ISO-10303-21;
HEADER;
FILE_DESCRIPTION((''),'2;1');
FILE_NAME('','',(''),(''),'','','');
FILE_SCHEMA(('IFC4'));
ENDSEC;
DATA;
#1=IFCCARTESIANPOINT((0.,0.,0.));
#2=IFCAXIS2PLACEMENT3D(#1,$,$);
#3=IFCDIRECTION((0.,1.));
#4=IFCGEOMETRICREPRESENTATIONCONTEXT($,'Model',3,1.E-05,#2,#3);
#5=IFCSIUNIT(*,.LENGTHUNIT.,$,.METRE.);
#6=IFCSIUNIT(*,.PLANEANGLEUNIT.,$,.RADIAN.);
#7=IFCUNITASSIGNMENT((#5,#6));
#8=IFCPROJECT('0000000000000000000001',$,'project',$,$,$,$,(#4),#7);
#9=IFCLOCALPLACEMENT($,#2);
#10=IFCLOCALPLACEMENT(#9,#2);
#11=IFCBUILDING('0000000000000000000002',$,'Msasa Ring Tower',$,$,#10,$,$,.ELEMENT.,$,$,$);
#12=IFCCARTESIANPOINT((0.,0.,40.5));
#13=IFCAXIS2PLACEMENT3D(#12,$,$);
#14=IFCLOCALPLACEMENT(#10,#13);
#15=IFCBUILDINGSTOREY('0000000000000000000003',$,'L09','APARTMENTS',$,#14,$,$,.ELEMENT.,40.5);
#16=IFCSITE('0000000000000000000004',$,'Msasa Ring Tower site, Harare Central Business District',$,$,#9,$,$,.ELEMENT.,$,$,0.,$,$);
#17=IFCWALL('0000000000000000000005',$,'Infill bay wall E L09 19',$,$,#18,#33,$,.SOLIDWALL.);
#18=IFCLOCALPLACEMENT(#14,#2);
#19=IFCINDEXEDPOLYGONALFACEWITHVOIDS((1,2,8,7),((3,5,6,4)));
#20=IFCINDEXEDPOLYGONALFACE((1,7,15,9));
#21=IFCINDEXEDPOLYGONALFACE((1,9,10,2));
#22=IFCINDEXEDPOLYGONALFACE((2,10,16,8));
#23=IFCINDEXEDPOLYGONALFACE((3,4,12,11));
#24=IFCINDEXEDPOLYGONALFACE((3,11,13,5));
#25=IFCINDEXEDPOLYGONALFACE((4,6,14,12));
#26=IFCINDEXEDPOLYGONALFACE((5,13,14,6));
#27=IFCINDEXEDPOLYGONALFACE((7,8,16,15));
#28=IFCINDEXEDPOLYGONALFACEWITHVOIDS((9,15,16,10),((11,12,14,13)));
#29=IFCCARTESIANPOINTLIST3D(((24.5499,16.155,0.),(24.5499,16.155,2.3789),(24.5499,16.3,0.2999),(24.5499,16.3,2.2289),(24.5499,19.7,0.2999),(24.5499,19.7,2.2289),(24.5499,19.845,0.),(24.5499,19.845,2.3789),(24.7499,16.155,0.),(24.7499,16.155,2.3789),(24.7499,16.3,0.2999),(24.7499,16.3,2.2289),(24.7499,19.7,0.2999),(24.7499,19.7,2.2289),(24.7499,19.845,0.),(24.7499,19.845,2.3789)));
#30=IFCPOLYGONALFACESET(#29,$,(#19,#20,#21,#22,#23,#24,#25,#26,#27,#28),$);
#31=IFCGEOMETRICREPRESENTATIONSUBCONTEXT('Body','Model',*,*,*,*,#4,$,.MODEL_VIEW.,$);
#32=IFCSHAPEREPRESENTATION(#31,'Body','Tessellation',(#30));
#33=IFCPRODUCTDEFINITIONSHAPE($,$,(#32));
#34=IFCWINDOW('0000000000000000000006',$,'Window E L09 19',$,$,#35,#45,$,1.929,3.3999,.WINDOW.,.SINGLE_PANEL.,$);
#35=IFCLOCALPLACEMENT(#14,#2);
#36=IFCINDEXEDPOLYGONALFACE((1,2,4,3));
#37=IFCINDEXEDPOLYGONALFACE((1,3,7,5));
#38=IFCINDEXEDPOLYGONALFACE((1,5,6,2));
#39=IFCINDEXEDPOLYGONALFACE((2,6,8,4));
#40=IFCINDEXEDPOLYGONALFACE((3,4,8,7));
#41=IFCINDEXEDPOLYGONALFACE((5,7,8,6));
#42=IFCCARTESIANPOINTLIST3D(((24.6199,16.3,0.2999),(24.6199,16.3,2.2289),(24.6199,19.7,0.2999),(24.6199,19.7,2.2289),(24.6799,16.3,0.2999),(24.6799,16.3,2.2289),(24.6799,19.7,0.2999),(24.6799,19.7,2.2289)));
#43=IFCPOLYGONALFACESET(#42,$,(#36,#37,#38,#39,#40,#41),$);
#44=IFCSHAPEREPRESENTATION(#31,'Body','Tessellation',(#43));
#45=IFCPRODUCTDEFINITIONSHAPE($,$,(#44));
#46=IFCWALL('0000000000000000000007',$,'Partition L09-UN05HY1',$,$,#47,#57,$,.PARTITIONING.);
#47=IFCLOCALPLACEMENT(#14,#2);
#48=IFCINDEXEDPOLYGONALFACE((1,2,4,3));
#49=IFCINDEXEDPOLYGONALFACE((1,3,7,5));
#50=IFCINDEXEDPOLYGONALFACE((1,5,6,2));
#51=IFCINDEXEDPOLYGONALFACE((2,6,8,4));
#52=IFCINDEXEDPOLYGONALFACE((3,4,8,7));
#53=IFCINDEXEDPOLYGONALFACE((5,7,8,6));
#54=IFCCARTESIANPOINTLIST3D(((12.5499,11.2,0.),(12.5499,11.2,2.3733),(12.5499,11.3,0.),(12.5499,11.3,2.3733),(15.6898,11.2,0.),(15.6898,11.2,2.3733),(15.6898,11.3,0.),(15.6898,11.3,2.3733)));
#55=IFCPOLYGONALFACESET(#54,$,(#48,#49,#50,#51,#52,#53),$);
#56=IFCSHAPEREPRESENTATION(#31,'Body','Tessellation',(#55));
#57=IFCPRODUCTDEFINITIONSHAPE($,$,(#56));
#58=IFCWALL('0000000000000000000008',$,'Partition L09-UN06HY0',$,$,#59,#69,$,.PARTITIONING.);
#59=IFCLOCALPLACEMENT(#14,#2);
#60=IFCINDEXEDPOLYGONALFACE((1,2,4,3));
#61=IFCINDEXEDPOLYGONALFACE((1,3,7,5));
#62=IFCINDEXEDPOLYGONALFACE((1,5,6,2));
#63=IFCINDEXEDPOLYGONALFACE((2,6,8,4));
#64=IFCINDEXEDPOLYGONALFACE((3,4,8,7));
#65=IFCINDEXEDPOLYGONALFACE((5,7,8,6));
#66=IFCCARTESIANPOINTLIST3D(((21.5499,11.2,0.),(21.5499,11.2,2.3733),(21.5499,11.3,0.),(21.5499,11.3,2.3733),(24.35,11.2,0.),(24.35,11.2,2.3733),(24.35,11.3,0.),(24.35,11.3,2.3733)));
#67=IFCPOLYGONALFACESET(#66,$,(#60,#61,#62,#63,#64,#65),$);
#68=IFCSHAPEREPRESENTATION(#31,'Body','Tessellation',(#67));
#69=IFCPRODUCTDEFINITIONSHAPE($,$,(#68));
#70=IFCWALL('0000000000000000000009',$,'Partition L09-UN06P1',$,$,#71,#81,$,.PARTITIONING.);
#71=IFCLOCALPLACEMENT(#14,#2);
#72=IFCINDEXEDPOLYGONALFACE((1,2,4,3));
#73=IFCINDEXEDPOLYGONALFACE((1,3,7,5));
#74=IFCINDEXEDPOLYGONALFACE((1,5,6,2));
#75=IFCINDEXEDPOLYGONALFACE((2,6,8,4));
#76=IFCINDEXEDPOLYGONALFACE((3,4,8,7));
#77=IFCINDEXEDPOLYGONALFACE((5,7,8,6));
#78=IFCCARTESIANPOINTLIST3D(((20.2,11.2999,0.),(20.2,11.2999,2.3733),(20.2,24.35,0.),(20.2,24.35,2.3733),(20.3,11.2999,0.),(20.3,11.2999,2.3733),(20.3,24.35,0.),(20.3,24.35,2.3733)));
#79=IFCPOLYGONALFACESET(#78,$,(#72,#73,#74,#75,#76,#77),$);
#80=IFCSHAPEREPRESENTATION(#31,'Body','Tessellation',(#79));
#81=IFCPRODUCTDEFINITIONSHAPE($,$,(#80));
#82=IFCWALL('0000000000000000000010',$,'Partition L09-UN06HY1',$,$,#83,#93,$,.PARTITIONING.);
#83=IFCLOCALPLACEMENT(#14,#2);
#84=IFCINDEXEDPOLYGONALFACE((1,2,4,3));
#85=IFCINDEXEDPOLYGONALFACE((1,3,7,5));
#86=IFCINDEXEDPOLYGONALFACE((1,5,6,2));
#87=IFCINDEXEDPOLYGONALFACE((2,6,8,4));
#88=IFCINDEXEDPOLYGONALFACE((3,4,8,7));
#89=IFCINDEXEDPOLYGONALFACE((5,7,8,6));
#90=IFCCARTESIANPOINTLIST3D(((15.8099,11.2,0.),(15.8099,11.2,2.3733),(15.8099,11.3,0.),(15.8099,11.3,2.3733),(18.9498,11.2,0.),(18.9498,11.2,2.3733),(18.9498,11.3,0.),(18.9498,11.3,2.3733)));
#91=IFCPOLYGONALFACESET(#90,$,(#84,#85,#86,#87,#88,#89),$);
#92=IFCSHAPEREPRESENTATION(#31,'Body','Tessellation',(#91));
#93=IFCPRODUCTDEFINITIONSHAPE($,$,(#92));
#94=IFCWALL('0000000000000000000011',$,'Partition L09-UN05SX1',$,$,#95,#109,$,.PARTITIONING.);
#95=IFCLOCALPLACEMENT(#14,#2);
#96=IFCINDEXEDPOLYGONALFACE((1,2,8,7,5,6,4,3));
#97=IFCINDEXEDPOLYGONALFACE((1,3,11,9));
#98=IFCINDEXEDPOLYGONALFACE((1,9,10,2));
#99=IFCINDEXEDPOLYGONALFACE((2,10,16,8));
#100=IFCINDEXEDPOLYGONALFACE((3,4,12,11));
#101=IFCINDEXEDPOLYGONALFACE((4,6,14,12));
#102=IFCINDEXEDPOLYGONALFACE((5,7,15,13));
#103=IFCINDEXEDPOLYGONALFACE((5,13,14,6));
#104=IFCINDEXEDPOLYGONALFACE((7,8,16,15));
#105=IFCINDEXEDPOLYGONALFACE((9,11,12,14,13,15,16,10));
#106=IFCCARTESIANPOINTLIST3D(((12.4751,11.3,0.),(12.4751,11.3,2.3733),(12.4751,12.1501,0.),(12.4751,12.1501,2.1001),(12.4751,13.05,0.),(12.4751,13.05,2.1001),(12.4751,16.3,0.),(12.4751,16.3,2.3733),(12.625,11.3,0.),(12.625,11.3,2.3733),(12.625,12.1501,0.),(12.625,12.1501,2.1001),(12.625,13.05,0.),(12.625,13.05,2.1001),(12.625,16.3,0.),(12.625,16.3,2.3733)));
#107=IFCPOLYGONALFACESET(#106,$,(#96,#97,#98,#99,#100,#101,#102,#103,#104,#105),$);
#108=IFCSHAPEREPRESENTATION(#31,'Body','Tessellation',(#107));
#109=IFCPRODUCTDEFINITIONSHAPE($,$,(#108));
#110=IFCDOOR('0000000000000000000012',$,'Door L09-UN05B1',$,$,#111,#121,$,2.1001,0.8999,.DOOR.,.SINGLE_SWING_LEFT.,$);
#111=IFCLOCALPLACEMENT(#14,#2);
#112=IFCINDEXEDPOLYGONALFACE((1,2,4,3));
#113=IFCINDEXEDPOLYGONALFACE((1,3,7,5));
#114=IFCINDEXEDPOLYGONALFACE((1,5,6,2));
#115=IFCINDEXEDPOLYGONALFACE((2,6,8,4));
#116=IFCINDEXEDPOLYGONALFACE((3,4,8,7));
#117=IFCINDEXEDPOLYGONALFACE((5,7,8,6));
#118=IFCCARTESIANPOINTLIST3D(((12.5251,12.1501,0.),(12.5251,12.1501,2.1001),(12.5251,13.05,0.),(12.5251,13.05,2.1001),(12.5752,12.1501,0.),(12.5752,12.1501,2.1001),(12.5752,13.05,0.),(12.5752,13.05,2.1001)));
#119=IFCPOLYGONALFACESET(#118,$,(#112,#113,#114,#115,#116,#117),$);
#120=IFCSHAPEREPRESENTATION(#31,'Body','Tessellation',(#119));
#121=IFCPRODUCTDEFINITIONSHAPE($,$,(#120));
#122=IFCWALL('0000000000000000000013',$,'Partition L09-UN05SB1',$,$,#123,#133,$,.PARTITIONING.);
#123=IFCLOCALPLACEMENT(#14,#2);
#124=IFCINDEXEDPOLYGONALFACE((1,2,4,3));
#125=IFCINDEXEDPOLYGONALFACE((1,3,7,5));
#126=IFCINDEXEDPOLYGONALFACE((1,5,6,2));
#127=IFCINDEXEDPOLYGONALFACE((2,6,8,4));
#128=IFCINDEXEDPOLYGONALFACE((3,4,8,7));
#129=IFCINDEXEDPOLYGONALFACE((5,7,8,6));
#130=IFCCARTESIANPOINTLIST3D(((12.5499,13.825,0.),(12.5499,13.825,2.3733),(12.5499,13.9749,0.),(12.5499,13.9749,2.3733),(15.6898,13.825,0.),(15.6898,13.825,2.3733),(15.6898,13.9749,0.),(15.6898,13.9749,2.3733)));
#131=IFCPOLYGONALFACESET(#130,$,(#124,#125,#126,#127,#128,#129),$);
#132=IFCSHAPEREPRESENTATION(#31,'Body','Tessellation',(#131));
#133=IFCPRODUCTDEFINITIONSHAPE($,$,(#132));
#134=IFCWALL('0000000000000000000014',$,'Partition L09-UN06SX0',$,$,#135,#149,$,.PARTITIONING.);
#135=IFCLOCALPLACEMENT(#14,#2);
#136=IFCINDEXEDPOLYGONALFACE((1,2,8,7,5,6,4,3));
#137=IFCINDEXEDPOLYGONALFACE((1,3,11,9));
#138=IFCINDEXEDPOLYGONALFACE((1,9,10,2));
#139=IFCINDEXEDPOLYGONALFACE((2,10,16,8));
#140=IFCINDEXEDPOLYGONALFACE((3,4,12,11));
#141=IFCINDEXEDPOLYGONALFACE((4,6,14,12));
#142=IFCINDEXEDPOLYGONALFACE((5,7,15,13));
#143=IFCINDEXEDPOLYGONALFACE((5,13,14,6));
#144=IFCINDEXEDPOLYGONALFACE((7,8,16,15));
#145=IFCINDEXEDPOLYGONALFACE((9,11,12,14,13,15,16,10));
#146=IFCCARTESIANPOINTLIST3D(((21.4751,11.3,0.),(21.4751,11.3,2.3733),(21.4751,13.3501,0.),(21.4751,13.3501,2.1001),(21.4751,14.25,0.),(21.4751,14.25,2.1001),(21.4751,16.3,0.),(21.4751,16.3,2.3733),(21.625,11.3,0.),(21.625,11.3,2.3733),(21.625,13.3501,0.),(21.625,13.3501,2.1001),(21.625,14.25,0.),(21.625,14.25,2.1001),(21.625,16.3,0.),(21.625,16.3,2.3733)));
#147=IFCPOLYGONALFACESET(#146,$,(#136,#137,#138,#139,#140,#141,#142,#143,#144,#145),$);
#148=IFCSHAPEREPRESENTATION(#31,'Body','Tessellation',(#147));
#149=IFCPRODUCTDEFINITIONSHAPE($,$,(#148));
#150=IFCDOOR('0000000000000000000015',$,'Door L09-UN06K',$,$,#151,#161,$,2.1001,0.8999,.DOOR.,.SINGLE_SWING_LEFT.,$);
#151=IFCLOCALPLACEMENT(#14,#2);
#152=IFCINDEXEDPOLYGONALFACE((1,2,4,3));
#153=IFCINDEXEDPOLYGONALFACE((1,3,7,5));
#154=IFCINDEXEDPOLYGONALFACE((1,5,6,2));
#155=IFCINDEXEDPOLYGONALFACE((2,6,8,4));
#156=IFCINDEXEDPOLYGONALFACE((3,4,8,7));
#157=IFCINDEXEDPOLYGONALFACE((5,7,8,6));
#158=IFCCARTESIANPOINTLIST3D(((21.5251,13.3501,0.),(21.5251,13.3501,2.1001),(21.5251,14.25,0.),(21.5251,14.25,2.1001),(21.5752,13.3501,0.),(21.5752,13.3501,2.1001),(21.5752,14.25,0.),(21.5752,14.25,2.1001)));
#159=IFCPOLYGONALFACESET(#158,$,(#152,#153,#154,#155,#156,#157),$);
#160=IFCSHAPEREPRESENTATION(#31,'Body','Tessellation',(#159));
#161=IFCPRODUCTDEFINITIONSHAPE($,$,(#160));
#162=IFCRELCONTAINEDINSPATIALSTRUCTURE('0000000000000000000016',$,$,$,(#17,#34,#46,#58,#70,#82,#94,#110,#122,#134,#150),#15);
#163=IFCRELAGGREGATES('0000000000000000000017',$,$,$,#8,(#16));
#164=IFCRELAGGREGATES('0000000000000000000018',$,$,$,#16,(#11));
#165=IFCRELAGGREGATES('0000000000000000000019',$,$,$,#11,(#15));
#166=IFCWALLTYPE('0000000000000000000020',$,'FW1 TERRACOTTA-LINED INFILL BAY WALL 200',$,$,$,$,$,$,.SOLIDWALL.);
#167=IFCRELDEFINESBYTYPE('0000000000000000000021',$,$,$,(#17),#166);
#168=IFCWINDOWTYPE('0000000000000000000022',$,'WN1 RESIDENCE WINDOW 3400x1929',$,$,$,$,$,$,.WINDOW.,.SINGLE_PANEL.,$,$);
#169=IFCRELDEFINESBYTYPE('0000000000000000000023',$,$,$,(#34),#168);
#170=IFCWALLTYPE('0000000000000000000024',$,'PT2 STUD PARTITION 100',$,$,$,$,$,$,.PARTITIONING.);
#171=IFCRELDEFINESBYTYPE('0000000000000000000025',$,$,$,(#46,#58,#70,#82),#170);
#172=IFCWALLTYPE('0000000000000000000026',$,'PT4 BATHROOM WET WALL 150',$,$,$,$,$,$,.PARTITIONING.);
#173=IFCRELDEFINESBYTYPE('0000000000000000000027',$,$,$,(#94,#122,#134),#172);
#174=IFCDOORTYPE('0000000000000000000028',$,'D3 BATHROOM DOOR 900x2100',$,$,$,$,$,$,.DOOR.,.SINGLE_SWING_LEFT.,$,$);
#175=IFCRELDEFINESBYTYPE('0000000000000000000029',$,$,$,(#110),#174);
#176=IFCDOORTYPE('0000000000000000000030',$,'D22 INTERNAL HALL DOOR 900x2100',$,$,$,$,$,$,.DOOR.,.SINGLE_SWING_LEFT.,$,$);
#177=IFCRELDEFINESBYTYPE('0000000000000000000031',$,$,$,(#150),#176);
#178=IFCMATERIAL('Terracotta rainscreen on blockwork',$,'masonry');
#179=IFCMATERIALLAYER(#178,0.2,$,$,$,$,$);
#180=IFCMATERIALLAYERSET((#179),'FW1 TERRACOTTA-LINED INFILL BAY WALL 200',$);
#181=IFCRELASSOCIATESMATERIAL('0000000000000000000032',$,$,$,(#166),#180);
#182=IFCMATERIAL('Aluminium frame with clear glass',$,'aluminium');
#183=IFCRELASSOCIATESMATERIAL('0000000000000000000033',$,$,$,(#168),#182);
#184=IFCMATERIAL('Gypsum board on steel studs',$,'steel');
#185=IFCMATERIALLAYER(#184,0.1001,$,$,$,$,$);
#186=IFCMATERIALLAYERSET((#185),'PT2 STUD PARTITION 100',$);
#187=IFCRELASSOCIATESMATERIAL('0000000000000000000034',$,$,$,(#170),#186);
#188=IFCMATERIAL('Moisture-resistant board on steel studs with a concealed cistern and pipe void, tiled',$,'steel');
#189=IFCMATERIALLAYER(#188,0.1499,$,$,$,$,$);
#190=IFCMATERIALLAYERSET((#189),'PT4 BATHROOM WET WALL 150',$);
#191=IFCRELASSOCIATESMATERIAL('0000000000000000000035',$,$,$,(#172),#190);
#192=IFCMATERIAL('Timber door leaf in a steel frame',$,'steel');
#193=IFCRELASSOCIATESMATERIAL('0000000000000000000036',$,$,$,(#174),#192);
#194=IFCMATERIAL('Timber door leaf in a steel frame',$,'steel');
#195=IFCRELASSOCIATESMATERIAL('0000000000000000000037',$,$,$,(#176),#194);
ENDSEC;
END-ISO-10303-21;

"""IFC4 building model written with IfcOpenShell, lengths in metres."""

from ifc_helpers import new_model, si_unit, direction, frame, frame_2d, origin, place, context, subcontext, project, spatial, rectangle, extrude, material, layer, layer_set, type_object, element, fill, save


model = new_model("IFC4")

# Units and contexts
model_context = context("Model", 3, precision=1e-05, world=origin(), true_north=direction((0.0, 1.0)))
body_context = subcontext(model_context, "Body", "Model", "MODEL_VIEW")
ifc_project = project(units=[si_unit("LENGTHUNIT", "METRE"), si_unit("PLANEANGLEUNIT", "RADIAN")], contexts=[model_context])

# Site, building, storey
site_placement = place(None, origin())
site = spatial("IfcSite", under=ifc_project, at=site_placement, Name="Msasa Ring Tower site, Harare Central Business District", CompositionType="ELEMENT", RefElevation=0.0)
building_placement = place(site_placement, origin())
building = spatial("IfcBuilding", under=site, at=building_placement, Name="Msasa Ring Tower", CompositionType="ELEMENT")
storey_placement = place(building_placement, frame((0.0, 0.0, 40.5)))
storey = spatial("IfcBuildingStorey", under=building, at=storey_placement, Name="L09", Description="APARTMENTS", CompositionType="ELEMENT", Elevation=40.5)

# Wall, opening, window
ifc_material_1 = material(Name="Terracotta rainscreen on blockwork", Category="masonry")
ifc_layer_1 = layer(ifc_material_1, 0.2)
ifc_layer_set_1 = layer_set([ifc_layer_1], Name="FW1 TERRACOTTA-LINED INFILL BAY WALL 200")
wall_type_1 = type_object("IfcWallType", Name="FW1 TERRACOTTA-LINED INFILL BAY WALL 200", PredefinedType="SOLIDWALL", material=ifc_layer_set_1)
ifc_material_2 = material(Name="Aluminium frame with clear glass", Category="aluminium")
window_type = type_object("IfcWindowType", Name="WN1 RESIDENCE WINDOW 3400x1929", PartitioningType="SINGLE_PANEL", PredefinedType="WINDOW", material=ifc_material_2)
wall_1_placement = place(storey_placement, frame((24.6499, 16.155, 0.0), z_axis=(0.0, 0.0, 1.0), x_axis=(0.0, 1.0, 0.0)))
wall_1 = element("IfcWall", 1, at=wall_1_placement, inside=storey, type_object=wall_type_1, Name="Infill bay wall E L09 19", PredefinedType="SOLIDWALL", context=body_context, shape_type="SweptSolid", body=[
    extrude(rectangle(XDim=3.6899, YDim=0.2, at=frame_2d((1.845, 0.0))), origin(), (0.0, 0.0, 1.0), 2.3789),
])
opening_1_placement = place(wall_1_placement, frame((0.145, 0.0, 0.3)))
opening_1 = element("IfcOpeningElement", 2, at=opening_1_placement, cuts=wall_1, PredefinedType="OPENING", context=body_context, shape_type="SweptSolid", body=[
    extrude(rectangle(XDim=3.3999, YDim=1.929, at=frame_2d((1.7, 0.9644))), frame((0.0, 0.1099, 0.0), z_axis=(0.0, -1.0, 0.0), x_axis=(1.0, 0.0, 0.0)), (0.0, 0.0, 1.0), 0.22),
])
window_1_placement = place(opening_1_placement, origin())
window_1 = element("IfcWindow", 3, at=window_1_placement, inside=storey, type_object=window_type, Name="Window E L09 19", OverallHeight=1.929, OverallWidth=3.3999, PartitioningType="SINGLE_PANEL", PredefinedType="WINDOW", context=body_context, shape_type="SweptSolid", body=[
    extrude(rectangle(XDim=3.3999, YDim=1.929, at=frame_2d((1.7, 0.9644))), frame((0.0, 0.03, 0.0), z_axis=(0.0, -1.0, 0.0), x_axis=(1.0, 0.0, 0.0)), (0.0, 0.0, 1.0), 0.0601),
])
fill(opening_1, window_1)

# Walls
ifc_material_3 = material(Name="Gypsum board on steel studs", Category="steel")
ifc_layer_2 = layer(ifc_material_3, 0.1001)
ifc_layer_set_2 = layer_set([ifc_layer_2], Name="PT2 STUD PARTITION 100")
wall_type_2 = type_object("IfcWallType", Name="PT2 STUD PARTITION 100", PredefinedType="PARTITIONING", material=ifc_layer_set_2)
wall_2_placement = place(storey_placement, frame((12.55, 11.25, 0.0), z_axis=(0.0, 0.0, 1.0), x_axis=(1.0, 0.0, 0.0)))
element("IfcWall", 4, at=wall_2_placement, inside=storey, type_object=wall_type_2, Name="Partition L09-UN05HY1", PredefinedType="PARTITIONING", context=body_context, shape_type="SweptSolid", body=[
    extrude(rectangle(XDim=3.1399, YDim=0.1001, at=frame_2d((1.5698, 0.0))), origin(), (0.0, 0.0, 1.0), 2.3733),
])
wall_3_placement = place(storey_placement, frame((21.55, 11.25, 0.0), z_axis=(0.0, 0.0, 1.0), x_axis=(1.0, 0.0, 0.0)))
element("IfcWall", 5, at=wall_3_placement, inside=storey, type_object=wall_type_2, Name="Partition L09-UN06HY0", PredefinedType="PARTITIONING", context=body_context, shape_type="SweptSolid", body=[
    extrude(rectangle(XDim=2.8, YDim=0.1001, at=frame_2d((1.3999, 0.0))), origin(), (0.0, 0.0, 1.0), 2.3733),
])
wall_4_placement = place(storey_placement, frame((20.25, 11.3, 0.0), z_axis=(0.0, 0.0, 1.0), x_axis=(0.0, 1.0, 0.0)))
element("IfcWall", 6, at=wall_4_placement, inside=storey, type_object=wall_type_2, Name="Partition L09-UN06P1", PredefinedType="PARTITIONING", context=body_context, shape_type="SweptSolid", body=[
    extrude(rectangle(XDim=13.05, YDim=0.1001, at=frame_2d((6.5249, 0.0))), origin(), (0.0, 0.0, 1.0), 2.3733),
])
wall_5_placement = place(storey_placement, frame((15.8101, 11.25, 0.0), z_axis=(0.0, 0.0, 1.0), x_axis=(1.0, 0.0, 0.0)))
element("IfcWall", 7, at=wall_5_placement, inside=storey, type_object=wall_type_2, Name="Partition L09-UN06HY1", PredefinedType="PARTITIONING", context=body_context, shape_type="SweptSolid", body=[
    extrude(rectangle(XDim=3.1399, YDim=0.1001, at=frame_2d((1.5698, 0.0))), origin(), (0.0, 0.0, 1.0), 2.3733),
])

# Wall, opening, door
ifc_material_4 = material(Name="Moisture-resistant board on steel studs with a concealed cistern and pipe void, tiled", Category="steel")
ifc_layer_3 = layer(ifc_material_4, 0.1499)
ifc_layer_set_3 = layer_set([ifc_layer_3], Name="PT4 BATHROOM WET WALL 150")
wall_type_3 = type_object("IfcWallType", Name="PT4 BATHROOM WET WALL 150", PredefinedType="PARTITIONING", material=ifc_layer_set_3)
wall_6_placement = place(storey_placement, frame((12.55, 11.3, 0.0), z_axis=(0.0, 0.0, 1.0), x_axis=(0.0, 1.0, 0.0)))
wall_6 = element("IfcWall", 8, at=wall_6_placement, inside=storey, type_object=wall_type_3, Name="Partition L09-UN05SX1", PredefinedType="PARTITIONING", context=body_context, shape_type="SweptSolid", body=[
    extrude(rectangle(XDim=5.0, YDim=0.1499, at=frame_2d((2.5, 0.0))), origin(), (0.0, 0.0, 1.0), 2.3733),
])
opening_2_placement = place(wall_6_placement, frame((0.8501, 0.0, 0.0)))
opening_2 = element("IfcOpeningElement", 9, at=opening_2_placement, cuts=wall_6, PredefinedType="OPENING", context=body_context, shape_type="SweptSolid", body=[
    extrude(rectangle(XDim=0.8999, YDim=2.1001, at=frame_2d((0.45, 1.05))), frame((0.0, 0.085, 0.0), z_axis=(0.0, -1.0, 0.0), x_axis=(1.0, 0.0, 0.0)), (0.0, 0.0, 1.0), 0.1699),
])
ifc_material_5 = material(Name="Timber door leaf in a steel frame", Category="steel")
door_type_1 = type_object("IfcDoorType", Name="D3 BATHROOM DOOR 900x2100", OperationType="SINGLE_SWING_LEFT", PredefinedType="DOOR", material=ifc_material_5)
door_1_placement = place(opening_2_placement, origin())
door_1 = element("IfcDoor", 10, at=door_1_placement, inside=storey, type_object=door_type_1, Name="Door L09-UN05B1", OperationType="SINGLE_SWING_LEFT", OverallHeight=2.1001, OverallWidth=0.8999, PredefinedType="DOOR", context=body_context, shape_type="SweptSolid", body=[
    extrude(rectangle(XDim=0.8999, YDim=2.1001, at=frame_2d((0.45, 1.05))), frame((0.0, 0.0249, 0.0), z_axis=(0.0, -1.0, 0.0), x_axis=(1.0, 0.0, 0.0)), (0.0, 0.0, 1.0), 0.05),
])
fill(opening_2, door_1)

# Wall
wall_7_placement = place(storey_placement, frame((12.55, 13.8999, 0.0), z_axis=(0.0, 0.0, 1.0), x_axis=(1.0, 0.0, 0.0)))
element("IfcWall", 11, at=wall_7_placement, inside=storey, type_object=wall_type_3, Name="Partition L09-UN05SB1", PredefinedType="PARTITIONING", context=body_context, shape_type="SweptSolid", body=[
    extrude(rectangle(XDim=3.1399, YDim=0.1499, at=frame_2d((1.5698, 0.0))), origin(), (0.0, 0.0, 1.0), 2.3733),
])

# Wall, opening, door
wall_8_placement = place(storey_placement, frame((21.55, 11.3, 0.0), z_axis=(0.0, 0.0, 1.0), x_axis=(0.0, 1.0, 0.0)))
wall_8 = element("IfcWall", 12, at=wall_8_placement, inside=storey, type_object=wall_type_3, Name="Partition L09-UN06SX0", PredefinedType="PARTITIONING", context=body_context, shape_type="SweptSolid", body=[
    extrude(rectangle(XDim=5.0, YDim=0.1499, at=frame_2d((2.5, 0.0))), origin(), (0.0, 0.0, 1.0), 2.3733),
])
opening_3_placement = place(wall_8_placement, frame((2.05, 0.0, 0.0)))
opening_3 = element("IfcOpeningElement", 13, at=opening_3_placement, cuts=wall_8, PredefinedType="OPENING", context=body_context, shape_type="SweptSolid", body=[
    extrude(rectangle(XDim=0.8999, YDim=2.1001, at=frame_2d((0.45, 1.05))), frame((0.0, 0.085, 0.0), z_axis=(0.0, -1.0, 0.0), x_axis=(1.0, 0.0, 0.0)), (0.0, 0.0, 1.0), 0.1699),
])
ifc_material_6 = material(Name="Timber door leaf in a steel frame", Category="steel")
door_type_2 = type_object("IfcDoorType", Name="D22 INTERNAL HALL DOOR 900x2100", OperationType="SINGLE_SWING_LEFT", PredefinedType="DOOR", material=ifc_material_6)
door_2_placement = place(opening_3_placement, origin())
door_2 = element("IfcDoor", 14, at=door_2_placement, inside=storey, type_object=door_type_2, Name="Door L09-UN06K", OperationType="SINGLE_SWING_LEFT", OverallHeight=2.1001, OverallWidth=0.8999, PredefinedType="DOOR", context=body_context, shape_type="SweptSolid", body=[
    extrude(rectangle(XDim=0.8999, YDim=2.1001, at=frame_2d((0.45, 1.05))), frame((0.0, 0.0249, 0.0), z_axis=(0.0, -1.0, 0.0), x_axis=(1.0, 0.0, 0.0)), (0.0, 0.0, 1.0), 0.05),
])
fill(opening_3, door_2)

save(model, "model.ifc")
